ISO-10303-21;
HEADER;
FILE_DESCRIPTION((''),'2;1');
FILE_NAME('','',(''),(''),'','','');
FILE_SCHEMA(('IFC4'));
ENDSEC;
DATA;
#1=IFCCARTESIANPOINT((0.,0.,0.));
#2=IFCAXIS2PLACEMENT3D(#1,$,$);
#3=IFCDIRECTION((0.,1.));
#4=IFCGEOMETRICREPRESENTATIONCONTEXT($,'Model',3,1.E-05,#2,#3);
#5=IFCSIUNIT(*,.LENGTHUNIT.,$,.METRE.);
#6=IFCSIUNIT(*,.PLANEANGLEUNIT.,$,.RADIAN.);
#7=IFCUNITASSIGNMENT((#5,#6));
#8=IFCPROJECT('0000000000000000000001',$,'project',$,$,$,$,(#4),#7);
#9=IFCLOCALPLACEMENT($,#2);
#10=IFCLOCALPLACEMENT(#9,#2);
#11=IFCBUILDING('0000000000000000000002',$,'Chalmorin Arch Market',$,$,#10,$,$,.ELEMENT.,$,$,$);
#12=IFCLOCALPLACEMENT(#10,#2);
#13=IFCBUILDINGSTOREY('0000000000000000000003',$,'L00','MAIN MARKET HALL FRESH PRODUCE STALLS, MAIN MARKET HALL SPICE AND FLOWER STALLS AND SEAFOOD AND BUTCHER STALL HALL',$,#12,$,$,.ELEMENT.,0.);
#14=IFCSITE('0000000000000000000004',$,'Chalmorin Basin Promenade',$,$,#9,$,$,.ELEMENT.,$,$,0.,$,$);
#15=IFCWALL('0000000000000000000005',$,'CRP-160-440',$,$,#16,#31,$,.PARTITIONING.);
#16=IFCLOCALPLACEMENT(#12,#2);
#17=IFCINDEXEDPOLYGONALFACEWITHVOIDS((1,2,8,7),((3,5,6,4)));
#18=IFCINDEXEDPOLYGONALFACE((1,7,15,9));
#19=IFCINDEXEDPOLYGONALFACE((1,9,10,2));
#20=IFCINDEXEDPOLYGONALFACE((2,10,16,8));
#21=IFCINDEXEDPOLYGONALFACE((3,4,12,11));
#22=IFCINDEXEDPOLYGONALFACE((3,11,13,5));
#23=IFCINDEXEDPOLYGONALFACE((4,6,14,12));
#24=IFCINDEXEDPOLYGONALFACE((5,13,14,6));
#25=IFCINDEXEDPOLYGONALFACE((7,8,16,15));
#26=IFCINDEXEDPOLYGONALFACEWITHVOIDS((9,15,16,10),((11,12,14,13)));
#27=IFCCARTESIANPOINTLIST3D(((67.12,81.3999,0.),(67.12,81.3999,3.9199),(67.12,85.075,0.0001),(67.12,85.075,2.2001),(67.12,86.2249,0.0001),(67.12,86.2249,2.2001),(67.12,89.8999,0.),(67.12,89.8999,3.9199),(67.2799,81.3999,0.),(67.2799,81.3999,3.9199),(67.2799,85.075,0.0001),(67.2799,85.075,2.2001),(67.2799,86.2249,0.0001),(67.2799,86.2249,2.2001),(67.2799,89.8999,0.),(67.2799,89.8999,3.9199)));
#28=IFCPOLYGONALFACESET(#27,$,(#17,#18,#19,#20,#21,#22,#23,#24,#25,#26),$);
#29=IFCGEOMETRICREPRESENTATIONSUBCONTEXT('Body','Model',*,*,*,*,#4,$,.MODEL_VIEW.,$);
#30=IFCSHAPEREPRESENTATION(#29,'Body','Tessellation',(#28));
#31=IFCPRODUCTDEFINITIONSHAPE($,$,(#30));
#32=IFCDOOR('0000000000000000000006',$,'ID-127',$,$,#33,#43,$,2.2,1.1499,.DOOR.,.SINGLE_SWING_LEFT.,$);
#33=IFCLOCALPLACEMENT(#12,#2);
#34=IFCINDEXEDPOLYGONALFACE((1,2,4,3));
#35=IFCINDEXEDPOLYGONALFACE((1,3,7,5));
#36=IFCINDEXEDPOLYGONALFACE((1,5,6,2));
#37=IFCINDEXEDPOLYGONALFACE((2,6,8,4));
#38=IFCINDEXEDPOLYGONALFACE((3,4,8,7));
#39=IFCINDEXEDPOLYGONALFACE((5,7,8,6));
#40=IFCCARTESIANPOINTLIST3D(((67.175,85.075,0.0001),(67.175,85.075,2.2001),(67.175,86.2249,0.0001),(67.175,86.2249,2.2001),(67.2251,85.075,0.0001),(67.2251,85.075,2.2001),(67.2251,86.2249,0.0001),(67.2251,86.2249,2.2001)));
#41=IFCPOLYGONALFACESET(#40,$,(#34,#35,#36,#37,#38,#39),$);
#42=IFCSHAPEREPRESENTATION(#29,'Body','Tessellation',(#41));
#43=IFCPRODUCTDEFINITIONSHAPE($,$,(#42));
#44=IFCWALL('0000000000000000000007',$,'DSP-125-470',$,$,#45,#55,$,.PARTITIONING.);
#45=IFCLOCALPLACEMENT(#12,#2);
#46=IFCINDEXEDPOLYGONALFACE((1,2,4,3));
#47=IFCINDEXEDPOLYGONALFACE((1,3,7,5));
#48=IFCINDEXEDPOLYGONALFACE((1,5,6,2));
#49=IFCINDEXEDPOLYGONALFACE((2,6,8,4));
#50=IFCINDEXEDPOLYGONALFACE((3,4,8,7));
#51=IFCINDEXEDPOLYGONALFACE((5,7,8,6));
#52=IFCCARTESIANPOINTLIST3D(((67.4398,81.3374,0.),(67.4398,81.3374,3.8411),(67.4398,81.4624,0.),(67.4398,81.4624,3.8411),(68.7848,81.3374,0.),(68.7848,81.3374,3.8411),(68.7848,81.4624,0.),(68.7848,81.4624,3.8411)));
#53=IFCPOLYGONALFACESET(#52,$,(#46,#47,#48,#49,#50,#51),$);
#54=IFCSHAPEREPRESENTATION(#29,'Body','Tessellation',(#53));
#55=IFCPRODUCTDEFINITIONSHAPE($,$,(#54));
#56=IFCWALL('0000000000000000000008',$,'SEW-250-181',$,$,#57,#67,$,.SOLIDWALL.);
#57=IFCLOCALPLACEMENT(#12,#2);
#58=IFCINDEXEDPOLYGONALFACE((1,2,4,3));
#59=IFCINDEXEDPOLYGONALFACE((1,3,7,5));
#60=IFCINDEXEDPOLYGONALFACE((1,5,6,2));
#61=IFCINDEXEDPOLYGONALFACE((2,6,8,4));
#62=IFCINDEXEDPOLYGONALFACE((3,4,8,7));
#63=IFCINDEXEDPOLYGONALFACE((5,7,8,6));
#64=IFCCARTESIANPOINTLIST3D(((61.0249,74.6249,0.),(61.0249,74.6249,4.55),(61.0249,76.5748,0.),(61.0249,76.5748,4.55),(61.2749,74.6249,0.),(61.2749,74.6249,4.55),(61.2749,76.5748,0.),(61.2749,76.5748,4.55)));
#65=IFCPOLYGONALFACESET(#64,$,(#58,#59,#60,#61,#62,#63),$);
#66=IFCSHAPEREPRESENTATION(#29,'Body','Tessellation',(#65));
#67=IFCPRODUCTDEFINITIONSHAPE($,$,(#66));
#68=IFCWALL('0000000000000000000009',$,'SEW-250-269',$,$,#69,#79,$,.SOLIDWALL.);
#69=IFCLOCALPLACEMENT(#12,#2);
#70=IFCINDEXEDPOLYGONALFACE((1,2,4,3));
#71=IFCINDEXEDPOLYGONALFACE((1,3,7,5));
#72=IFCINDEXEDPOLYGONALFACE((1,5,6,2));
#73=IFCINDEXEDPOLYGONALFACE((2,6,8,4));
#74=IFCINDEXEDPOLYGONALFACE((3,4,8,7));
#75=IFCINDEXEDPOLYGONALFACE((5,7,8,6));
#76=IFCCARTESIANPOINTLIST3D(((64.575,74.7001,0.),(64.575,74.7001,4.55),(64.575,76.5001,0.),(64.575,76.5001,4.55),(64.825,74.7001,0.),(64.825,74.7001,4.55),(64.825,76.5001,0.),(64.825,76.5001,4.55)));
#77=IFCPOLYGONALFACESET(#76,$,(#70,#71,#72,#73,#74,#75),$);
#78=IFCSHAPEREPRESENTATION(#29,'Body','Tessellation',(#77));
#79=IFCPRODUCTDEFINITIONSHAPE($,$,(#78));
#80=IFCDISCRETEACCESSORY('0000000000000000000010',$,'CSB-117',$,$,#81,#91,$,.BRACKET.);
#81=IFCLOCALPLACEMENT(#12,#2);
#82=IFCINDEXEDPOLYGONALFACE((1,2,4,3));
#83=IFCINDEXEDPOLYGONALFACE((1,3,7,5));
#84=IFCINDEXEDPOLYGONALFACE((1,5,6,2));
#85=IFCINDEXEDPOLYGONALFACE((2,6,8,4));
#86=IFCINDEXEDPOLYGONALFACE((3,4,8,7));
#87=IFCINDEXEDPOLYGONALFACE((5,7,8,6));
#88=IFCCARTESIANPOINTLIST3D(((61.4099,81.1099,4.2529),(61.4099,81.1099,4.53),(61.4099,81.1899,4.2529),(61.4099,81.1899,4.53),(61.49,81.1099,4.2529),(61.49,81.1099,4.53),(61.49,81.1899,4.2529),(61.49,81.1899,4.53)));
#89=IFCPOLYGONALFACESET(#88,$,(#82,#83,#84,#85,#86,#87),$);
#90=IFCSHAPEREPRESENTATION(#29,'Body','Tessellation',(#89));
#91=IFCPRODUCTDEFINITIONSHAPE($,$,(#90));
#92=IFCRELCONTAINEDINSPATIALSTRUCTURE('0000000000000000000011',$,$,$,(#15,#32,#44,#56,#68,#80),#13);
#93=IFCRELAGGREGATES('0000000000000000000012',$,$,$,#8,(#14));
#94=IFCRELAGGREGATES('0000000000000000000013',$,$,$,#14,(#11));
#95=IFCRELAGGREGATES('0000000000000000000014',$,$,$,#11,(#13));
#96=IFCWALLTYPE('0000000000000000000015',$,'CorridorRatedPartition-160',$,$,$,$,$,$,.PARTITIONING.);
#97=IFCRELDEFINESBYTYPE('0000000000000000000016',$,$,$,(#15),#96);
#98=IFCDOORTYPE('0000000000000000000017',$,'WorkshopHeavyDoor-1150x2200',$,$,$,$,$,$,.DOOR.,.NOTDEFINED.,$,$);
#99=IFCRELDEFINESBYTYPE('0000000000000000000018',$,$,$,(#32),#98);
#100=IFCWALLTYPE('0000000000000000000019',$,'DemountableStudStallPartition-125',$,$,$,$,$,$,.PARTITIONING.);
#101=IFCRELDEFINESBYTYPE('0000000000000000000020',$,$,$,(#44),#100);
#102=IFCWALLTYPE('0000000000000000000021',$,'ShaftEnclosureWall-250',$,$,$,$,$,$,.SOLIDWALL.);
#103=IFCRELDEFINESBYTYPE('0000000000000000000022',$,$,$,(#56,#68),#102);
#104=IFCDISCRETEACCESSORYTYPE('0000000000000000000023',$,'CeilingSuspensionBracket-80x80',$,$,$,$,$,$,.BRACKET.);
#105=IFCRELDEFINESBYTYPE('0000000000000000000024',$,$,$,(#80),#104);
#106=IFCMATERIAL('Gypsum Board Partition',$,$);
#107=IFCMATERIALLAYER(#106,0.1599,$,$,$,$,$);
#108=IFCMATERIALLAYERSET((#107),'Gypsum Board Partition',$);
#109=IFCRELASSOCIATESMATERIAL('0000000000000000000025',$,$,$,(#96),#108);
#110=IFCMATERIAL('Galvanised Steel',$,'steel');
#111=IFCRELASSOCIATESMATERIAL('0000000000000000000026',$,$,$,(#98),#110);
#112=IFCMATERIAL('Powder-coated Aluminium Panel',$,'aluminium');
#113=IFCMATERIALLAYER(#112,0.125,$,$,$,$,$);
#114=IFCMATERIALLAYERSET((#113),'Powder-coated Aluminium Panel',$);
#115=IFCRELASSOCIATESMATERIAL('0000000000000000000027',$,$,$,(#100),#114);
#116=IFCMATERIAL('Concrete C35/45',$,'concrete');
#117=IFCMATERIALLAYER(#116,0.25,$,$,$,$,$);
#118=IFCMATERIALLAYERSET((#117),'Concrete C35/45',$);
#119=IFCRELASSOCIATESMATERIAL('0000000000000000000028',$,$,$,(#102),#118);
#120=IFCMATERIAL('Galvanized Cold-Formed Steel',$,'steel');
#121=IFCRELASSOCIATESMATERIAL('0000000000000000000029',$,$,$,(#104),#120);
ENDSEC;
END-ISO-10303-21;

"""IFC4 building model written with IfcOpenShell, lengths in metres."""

from ifc_helpers import new_model, si_unit, direction, frame, frame_2d, origin, origin_2d, place, context, subcontext, project, spatial, rectangle, extrude, material, layer, layer_set, type_object, element, fill, save


model = new_model("IFC4")

# Units and contexts
model_context = context("Model", 3, precision=1e-05, world=origin(), true_north=direction((0.0, 1.0)))
body_context = subcontext(model_context, "Body", "Model", "MODEL_VIEW")
ifc_project = project(units=[si_unit("LENGTHUNIT", "METRE"), si_unit("PLANEANGLEUNIT", "RADIAN")], contexts=[model_context])

# Site, building, storey
site_placement = place(None, origin())
site = spatial("IfcSite", under=ifc_project, at=site_placement, Name="Chalmorin Basin Promenade", CompositionType="ELEMENT", RefElevation=0.0)
building_placement = place(site_placement, origin())
building = spatial("IfcBuilding", under=site, at=building_placement, Name="Chalmorin Arch Market", CompositionType="ELEMENT")
storey_placement = place(building_placement, origin())
storey = spatial("IfcBuildingStorey", under=building, at=storey_placement, Name="L00", Description="MAIN MARKET HALL FRESH PRODUCE STALLS, MAIN MARKET HALL SPICE AND FLOWER STALLS AND SEAFOOD AND BUTCHER STALL HALL", CompositionType="ELEMENT", Elevation=0.0)

# Wall, opening, door
ifc_material_1 = material(Name="Gypsum Board Partition")
ifc_layer_1 = layer(ifc_material_1, 0.1599)
ifc_layer_set_1 = layer_set([ifc_layer_1], Name="Gypsum Board Partition")
wall_type_1 = type_object("IfcWallType", Name="CorridorRatedPartition-160", PredefinedType="PARTITIONING", material=ifc_layer_set_1)
wall_1_placement = place(storey_placement, frame((67.2, 81.3999, 0.0), z_axis=(0.0, 0.0, 1.0), x_axis=(0.0, 1.0, 0.0)))
wall_1 = element("IfcWall", 1, at=wall_1_placement, inside=storey, type_object=wall_type_1, Name="CRP-160-440", PredefinedType="PARTITIONING", context=body_context, shape_type="SweptSolid", body=[
    extrude(rectangle(XDim=8.5, YDim=0.1599, at=frame_2d((4.25, 0.0))), origin(), (0.0, 0.0, 1.0), 3.9199),
])
opening_1_placement = place(wall_1_placement, frame((3.675, 0.0, 0.0)))
opening_1 = element("IfcOpeningElement", 2, at=opening_1_placement, cuts=wall_1, PredefinedType="OPENING", context=body_context, shape_type="SweptSolid", body=[
    extrude(rectangle(XDim=1.1499, YDim=2.2, at=frame_2d((0.575, 1.1001))), frame((0.0, 0.0898, 0.0), z_axis=(0.0, -1.0, 0.0), x_axis=(1.0, 0.0, 0.0)), (0.0, 0.0, 1.0), 0.1799),
])
ifc_material_2 = material(Name="Galvanised Steel", Category="steel")
door_type_1 = type_object("IfcDoorType", Name="WorkshopHeavyDoor-1150x2200", OperationType="NOTDEFINED", PredefinedType="DOOR", material=ifc_material_2)
door_1_placement = place(opening_1_placement, origin())
door_1 = element("IfcDoor", 3, at=door_1_placement, inside=storey, type_object=door_type_1, Name="ID-127", OperationType="SINGLE_SWING_LEFT", OverallHeight=2.2, OverallWidth=1.1499, PredefinedType="DOOR", context=body_context, shape_type="SweptSolid", body=[
    extrude(rectangle(XDim=1.1499, YDim=2.2, at=frame_2d((0.575, 1.1001))), frame((0.0, 0.0249, 0.0), z_axis=(0.0, -1.0, 0.0), x_axis=(1.0, 0.0, 0.0)), (0.0, 0.0, 1.0), 0.05),
])
fill(opening_1, door_1)

# Wall
ifc_material_3 = material(Name="Powder-coated Aluminium Panel", Category="aluminium")
ifc_layer_2 = layer(ifc_material_3, 0.125)
ifc_layer_set_2 = layer_set([ifc_layer_2], Name="Powder-coated Aluminium Panel")
wall_type_2 = type_object("IfcWallType", Name="DemountableStudStallPartition-125", PredefinedType="PARTITIONING", material=ifc_layer_set_2)
wall_2_placement = place(storey_placement, frame((67.4399, 81.3999, 0.0), z_axis=(0.0, 0.0, 1.0), x_axis=(1.0, 0.0, 0.0)))
element("IfcWall", 4, at=wall_2_placement, inside=storey, type_object=wall_type_2, Name="DSP-125-470", PredefinedType="PARTITIONING", context=body_context, shape_type="SweptSolid", body=[
    extrude(rectangle(XDim=1.345, YDim=0.125, at=frame_2d((0.6724, 0.0))), origin(), (0.0, 0.0, 1.0), 3.8411),
])

# Shared definitions
ifc_material_4 = material(Name="Concrete C35/45", Category="concrete")
ifc_layer_3 = layer(ifc_material_4, 0.25)
ifc_layer_set_3 = layer_set([ifc_layer_3], Name="Concrete C35/45")
wall_type_3 = type_object("IfcWallType", Name="ShaftEnclosureWall-250", PredefinedType="SOLIDWALL", material=ifc_layer_set_3)

# Wall
wall_3_placement = place(storey_placement, frame((61.1499, 76.575, 0.0), z_axis=(0.0, 0.0, 1.0), x_axis=(0.0, -1.0, 0.0)))
element("IfcWall", 5, at=wall_3_placement, inside=storey, type_object=wall_type_3, Name="SEW-250-181", PredefinedType="SOLIDWALL", context=body_context, shape_type="SweptSolid", body=[
    extrude(rectangle(XDim=1.95, YDim=0.25, at=frame_2d((0.9751, 0.0))), origin(), (0.0, 0.0, 1.0), 4.55),
])

# Wall
wall_4_placement = place(storey_placement, frame((64.7, 76.5, 0.0), z_axis=(0.0, 0.0, 1.0), x_axis=(0.0, -1.0, 0.0)))
element("IfcWall", 6, at=wall_4_placement, inside=storey, type_object=wall_type_3, Name="SEW-250-269", PredefinedType="SOLIDWALL", context=body_context, shape_type="SweptSolid", body=[
    extrude(rectangle(XDim=1.8, YDim=0.25, at=frame_2d((0.8999, 0.0))), origin(), (0.0, 0.0, 1.0), 4.55),
])

# Discrete accessory
ifc_material_5 = material(Name="Galvanized Cold-Formed Steel", Category="steel")
discrete_accessory_type = type_object("IfcDiscreteAccessoryType", Name="CeilingSuspensionBracket-80x80", PredefinedType="BRACKET", material=ifc_material_5)
discrete_accessory_placement = place(storey_placement, frame((61.45, 81.1499, 4.2529), z_axis=(0.0, 0.0, 1.0), x_axis=(1.0, 0.0, 0.0)))
element("IfcDiscreteAccessory", 7, at=discrete_accessory_placement, inside=storey, type_object=discrete_accessory_type, Name="CSB-117", PredefinedType="BRACKET", context=body_context, shape_type="SweptSolid", body=[
    extrude(rectangle(XDim=0.0801, YDim=0.0801, at=origin_2d()), origin(), (0.0, 0.0, 1.0), 0.2771),
])

save(model, "model.ifc")
